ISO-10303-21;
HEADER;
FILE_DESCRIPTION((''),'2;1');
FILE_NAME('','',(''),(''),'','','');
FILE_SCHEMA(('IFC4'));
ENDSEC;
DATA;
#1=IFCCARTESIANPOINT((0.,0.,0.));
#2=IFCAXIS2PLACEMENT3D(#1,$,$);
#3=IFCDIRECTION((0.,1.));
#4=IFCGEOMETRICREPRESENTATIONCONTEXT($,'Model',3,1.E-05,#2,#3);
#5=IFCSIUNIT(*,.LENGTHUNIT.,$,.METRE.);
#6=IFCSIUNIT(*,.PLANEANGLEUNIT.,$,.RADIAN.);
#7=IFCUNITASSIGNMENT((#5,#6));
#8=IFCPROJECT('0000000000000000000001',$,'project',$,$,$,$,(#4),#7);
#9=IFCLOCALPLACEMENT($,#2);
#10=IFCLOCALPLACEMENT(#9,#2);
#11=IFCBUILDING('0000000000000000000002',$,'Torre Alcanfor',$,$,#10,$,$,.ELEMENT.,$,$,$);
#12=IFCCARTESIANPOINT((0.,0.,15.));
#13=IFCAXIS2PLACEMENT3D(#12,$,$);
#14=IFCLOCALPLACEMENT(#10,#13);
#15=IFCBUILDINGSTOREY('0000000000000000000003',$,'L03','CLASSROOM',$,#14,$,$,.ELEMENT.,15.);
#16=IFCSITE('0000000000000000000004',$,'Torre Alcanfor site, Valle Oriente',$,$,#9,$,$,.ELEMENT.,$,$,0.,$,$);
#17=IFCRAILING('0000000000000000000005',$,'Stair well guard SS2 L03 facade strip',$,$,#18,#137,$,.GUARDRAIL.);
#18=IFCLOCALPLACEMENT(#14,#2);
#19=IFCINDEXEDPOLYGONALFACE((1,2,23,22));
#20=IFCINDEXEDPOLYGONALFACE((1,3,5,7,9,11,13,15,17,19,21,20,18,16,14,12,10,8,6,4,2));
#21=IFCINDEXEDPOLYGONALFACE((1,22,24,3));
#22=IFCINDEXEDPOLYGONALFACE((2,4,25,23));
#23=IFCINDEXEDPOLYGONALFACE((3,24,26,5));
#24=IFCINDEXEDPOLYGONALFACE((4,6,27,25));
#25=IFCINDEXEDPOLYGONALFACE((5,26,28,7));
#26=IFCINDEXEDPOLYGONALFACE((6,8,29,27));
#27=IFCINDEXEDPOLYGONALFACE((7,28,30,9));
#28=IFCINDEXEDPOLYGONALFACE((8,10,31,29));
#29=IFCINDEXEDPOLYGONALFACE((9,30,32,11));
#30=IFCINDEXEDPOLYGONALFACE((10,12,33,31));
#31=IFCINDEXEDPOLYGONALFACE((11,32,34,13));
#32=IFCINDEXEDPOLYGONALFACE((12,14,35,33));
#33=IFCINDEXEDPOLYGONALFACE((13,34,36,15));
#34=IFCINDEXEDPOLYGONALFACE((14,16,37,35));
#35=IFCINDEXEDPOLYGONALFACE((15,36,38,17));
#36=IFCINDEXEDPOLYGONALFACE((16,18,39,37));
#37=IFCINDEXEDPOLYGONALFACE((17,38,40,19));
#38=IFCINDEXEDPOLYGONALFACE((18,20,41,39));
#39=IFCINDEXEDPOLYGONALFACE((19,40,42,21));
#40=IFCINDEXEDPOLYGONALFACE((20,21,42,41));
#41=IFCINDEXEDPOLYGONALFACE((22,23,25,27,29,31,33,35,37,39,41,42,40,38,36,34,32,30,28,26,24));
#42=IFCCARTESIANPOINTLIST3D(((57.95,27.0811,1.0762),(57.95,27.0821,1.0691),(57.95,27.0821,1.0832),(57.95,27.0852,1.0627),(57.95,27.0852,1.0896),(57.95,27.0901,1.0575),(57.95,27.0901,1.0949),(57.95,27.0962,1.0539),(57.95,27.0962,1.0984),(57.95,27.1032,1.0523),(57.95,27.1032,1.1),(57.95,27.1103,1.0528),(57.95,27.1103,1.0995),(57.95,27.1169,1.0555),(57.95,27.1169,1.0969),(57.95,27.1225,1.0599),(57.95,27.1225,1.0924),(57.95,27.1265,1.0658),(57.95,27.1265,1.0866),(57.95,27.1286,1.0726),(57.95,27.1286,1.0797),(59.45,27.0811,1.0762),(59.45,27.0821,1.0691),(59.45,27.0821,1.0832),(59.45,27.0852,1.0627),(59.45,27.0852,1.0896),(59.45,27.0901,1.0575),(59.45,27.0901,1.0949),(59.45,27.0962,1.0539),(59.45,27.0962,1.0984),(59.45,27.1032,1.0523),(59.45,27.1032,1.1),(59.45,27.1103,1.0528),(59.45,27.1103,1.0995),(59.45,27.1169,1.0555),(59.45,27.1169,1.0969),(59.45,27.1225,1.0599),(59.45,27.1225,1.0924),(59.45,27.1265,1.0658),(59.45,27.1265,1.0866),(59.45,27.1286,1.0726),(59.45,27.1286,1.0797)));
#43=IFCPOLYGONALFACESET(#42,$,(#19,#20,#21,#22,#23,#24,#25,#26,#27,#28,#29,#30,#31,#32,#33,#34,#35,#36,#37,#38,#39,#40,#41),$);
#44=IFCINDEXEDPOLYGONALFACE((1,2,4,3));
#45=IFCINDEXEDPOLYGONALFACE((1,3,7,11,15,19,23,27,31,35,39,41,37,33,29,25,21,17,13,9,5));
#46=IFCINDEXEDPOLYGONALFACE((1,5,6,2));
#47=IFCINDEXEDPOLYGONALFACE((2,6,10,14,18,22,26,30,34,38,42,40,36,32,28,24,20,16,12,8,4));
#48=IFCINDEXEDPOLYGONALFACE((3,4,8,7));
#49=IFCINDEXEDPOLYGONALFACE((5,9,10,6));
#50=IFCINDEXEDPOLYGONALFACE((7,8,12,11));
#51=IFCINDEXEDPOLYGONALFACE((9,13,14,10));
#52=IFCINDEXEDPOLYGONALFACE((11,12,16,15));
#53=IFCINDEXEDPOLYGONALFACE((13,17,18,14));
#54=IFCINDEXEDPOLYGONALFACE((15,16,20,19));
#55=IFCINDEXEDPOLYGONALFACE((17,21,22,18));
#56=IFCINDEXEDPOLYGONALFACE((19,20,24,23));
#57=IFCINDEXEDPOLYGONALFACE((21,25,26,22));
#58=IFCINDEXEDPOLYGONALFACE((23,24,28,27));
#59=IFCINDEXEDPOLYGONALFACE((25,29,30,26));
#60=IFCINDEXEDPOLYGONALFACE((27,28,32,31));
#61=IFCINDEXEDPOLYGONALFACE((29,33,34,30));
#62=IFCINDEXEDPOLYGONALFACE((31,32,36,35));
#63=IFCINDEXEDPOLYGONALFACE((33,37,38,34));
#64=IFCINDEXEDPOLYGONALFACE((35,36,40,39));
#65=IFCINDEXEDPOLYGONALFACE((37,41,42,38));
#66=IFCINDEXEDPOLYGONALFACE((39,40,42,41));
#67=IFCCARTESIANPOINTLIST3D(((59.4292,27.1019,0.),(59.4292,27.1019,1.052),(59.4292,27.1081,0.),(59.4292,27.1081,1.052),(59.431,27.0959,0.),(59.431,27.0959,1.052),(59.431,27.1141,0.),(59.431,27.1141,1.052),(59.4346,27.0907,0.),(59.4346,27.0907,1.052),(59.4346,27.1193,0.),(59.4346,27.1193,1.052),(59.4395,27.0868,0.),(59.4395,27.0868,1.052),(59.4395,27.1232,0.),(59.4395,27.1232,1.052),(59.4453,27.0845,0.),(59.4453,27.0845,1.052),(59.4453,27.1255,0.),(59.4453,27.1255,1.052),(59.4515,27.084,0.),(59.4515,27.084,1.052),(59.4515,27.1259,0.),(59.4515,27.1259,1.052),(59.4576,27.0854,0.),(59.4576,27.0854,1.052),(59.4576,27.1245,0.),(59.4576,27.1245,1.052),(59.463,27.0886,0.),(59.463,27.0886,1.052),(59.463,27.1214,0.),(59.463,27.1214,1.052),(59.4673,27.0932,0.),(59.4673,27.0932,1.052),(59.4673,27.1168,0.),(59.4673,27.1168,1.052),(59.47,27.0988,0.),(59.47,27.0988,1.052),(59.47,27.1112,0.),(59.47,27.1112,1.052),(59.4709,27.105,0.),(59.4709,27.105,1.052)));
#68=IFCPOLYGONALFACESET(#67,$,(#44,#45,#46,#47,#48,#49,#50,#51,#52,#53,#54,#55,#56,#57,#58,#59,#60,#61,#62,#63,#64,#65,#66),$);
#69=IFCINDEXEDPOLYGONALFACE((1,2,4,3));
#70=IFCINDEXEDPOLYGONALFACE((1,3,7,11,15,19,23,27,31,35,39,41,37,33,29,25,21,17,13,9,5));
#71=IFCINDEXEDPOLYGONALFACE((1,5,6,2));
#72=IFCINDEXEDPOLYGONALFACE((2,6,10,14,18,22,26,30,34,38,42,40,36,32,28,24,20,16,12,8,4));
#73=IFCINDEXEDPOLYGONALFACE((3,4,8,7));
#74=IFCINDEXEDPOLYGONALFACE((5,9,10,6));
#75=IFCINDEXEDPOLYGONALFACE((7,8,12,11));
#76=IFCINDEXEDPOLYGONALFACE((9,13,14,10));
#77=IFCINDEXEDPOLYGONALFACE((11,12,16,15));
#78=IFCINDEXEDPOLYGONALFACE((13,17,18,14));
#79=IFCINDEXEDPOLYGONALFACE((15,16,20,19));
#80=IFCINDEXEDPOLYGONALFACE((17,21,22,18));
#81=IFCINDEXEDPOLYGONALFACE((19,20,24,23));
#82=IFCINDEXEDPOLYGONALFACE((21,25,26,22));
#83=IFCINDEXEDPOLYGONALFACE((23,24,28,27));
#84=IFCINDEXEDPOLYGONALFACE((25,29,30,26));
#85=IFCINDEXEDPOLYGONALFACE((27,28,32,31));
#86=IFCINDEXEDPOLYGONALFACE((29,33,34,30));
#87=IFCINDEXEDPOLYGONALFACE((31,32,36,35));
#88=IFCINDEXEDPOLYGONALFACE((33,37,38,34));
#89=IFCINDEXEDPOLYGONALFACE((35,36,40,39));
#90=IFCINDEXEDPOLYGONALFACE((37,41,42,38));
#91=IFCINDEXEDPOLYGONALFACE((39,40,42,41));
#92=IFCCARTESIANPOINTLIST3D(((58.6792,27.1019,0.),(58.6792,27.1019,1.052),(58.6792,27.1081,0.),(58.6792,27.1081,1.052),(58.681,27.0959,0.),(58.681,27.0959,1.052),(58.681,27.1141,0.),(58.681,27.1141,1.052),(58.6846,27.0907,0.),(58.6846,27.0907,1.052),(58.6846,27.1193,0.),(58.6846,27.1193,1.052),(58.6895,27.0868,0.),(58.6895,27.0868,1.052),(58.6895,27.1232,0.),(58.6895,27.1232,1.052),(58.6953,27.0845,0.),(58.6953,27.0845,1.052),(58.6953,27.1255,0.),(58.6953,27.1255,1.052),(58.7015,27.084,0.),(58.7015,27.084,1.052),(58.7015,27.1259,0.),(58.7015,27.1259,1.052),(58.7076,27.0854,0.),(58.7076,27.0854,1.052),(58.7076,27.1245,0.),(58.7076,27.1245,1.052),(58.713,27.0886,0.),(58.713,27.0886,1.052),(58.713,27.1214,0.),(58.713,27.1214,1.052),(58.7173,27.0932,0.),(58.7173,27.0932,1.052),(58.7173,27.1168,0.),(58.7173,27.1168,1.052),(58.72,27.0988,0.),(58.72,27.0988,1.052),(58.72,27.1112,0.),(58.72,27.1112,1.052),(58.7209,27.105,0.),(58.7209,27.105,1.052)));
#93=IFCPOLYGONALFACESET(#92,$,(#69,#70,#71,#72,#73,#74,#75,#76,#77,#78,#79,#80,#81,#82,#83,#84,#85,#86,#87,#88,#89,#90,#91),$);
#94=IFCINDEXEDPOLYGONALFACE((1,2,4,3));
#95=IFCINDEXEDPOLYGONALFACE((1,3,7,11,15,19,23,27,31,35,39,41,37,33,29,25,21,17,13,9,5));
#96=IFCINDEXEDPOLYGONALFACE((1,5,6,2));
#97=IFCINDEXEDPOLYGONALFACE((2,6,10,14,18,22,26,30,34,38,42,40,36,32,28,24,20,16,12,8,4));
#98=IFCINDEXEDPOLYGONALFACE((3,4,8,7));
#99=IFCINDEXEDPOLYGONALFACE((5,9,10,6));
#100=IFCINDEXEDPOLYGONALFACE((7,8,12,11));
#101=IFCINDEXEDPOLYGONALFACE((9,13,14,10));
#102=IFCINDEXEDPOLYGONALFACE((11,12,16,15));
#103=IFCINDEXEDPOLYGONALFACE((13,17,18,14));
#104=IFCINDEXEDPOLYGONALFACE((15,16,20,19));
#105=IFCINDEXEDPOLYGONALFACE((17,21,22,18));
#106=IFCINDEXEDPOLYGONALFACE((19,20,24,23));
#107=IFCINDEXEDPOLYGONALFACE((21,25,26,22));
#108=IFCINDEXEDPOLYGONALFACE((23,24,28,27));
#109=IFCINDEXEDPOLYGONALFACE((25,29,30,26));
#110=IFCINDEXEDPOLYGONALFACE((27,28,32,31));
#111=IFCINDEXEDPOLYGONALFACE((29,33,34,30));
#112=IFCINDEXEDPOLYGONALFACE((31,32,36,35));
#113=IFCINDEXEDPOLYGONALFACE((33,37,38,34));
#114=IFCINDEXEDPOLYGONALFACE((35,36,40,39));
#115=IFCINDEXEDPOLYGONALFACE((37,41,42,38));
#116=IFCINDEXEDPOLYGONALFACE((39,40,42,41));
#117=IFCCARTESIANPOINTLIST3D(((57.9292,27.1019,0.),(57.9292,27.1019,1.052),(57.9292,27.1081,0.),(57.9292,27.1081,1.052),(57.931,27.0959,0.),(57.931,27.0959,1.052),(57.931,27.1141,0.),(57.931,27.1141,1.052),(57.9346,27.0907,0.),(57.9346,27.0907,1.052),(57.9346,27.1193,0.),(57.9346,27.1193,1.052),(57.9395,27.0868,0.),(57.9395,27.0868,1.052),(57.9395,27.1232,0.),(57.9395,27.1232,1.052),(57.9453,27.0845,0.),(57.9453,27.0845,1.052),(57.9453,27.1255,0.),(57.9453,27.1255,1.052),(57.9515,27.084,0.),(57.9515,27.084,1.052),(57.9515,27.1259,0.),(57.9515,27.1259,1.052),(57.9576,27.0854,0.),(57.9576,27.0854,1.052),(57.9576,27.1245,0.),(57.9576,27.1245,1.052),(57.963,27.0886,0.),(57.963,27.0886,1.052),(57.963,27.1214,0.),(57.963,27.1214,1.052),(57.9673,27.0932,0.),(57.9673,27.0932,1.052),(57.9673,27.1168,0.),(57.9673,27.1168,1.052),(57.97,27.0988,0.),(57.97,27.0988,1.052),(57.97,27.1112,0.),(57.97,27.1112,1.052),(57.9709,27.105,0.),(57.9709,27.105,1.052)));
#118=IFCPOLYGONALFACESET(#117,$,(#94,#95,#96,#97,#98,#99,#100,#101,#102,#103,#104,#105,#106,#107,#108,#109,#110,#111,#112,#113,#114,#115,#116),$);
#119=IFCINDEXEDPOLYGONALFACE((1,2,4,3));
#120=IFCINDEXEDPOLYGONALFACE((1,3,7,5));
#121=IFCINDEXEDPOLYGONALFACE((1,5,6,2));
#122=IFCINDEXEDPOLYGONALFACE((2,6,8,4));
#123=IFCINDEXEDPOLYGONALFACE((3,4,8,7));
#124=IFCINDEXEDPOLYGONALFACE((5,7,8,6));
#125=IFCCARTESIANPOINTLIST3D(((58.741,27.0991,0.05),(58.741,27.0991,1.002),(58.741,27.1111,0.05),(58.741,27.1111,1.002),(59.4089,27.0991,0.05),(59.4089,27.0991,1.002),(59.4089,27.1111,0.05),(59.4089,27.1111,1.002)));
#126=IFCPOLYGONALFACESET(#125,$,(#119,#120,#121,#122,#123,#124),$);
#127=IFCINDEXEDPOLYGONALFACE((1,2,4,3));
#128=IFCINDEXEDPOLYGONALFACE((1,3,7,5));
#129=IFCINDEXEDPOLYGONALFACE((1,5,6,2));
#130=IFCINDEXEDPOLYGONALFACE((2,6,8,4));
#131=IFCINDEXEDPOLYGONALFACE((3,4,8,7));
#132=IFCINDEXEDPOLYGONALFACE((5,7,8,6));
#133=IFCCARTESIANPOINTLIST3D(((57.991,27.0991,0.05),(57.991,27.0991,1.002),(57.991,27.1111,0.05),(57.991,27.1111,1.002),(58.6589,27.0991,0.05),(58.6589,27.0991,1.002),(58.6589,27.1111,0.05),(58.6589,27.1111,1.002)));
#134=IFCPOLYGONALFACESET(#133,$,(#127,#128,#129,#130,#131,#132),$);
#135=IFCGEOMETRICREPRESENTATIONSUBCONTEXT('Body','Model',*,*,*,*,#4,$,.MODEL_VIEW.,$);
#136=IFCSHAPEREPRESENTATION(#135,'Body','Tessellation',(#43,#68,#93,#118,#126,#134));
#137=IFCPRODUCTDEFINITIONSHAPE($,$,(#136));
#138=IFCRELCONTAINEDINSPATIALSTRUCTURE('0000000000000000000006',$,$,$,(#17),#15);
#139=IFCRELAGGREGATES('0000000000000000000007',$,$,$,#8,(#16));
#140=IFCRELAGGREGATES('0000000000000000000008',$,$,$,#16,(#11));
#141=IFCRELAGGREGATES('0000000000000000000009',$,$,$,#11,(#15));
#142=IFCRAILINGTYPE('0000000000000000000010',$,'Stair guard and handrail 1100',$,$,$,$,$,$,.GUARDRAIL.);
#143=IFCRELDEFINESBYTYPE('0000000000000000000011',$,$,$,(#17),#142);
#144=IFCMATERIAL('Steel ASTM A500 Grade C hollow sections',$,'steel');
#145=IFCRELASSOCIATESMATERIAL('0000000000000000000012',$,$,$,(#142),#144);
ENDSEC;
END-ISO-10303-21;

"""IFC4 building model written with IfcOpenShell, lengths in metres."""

from ifc_helpers import new_model, si_unit, direction, frame, origin, origin_2d, place, context, subcontext, project, spatial, polyline, circle, outline, extrude, material, type_object, element, save


model = new_model("IFC4")

# Units and contexts
model_context = context("Model", 3, precision=1e-05, world=origin(), true_north=direction((0.0, 1.0)))
body_context = subcontext(model_context, "Body", "Model", "MODEL_VIEW")
ifc_project = project(units=[si_unit("LENGTHUNIT", "METRE"), si_unit("PLANEANGLEUNIT", "RADIAN")], contexts=[model_context])

# Site, building, storey
site_placement = place(None, origin())
site = spatial("IfcSite", under=ifc_project, at=site_placement, Name="Torre Alcanfor site, Valle Oriente", CompositionType="ELEMENT", RefElevation=0.0)
building_placement = place(site_placement, origin())
building = spatial("IfcBuilding", under=site, at=building_placement, Name="Torre Alcanfor", CompositionType="ELEMENT")
storey_placement = place(building_placement, frame((0.0, 0.0, 15.0)))
storey = spatial("IfcBuildingStorey", under=building, at=storey_placement, Name="L03", Description="CLASSROOM", CompositionType="ELEMENT", Elevation=15.0)

# Railing
ifc_material_1 = material(Name="Steel ASTM A500 Grade C hollow sections", Category="steel")
railing_type_1 = type_object("IfcRailingType", Name="Stair guard and handrail 1100", PredefinedType="GUARDRAIL", material=ifc_material_1)
railing_1_placement = place(storey_placement, frame((59.45, 27.105, 0.0)))
element("IfcRailing", 1, at=railing_1_placement, inside=storey, type_object=railing_type_1, Name="Stair well guard SS2 L03 facade strip", PredefinedType="GUARDRAIL", context=body_context, shape_type="SweptSolid", body=[
    extrude(circle(Radius=0.0239, at=origin_2d()), frame((0.0, 0.0, 1.0762), z_axis=(-1.0, 0.0, 0.0), x_axis=(0.0, -1.0, 0.0)), (0.0, 0.0, 1.0), 1.5),
    extrude(circle(Radius=0.021, at=origin_2d()), origin(), (0.0, 0.0, 1.0), 1.052),
    extrude(circle(Radius=0.021, at=origin_2d()), frame((-0.75, 0.0, 0.0)), (0.0, 0.0, 1.0), 1.052),
    extrude(circle(Radius=0.021, at=origin_2d()), frame((-1.5, 0.0, 0.0)), (0.0, 0.0, 1.0), 1.052),
    extrude(outline(polyline([(0.041, 0.05), (0.709, 0.05), (0.709, 1.002), (0.041, 1.002), (0.041, 0.05)])), frame((0.0, -0.0059, 0.0), z_axis=(0.0, 1.0, 0.0), x_axis=(-1.0, 0.0, 0.0)), (0.0, 0.0, 1.0), 0.012),
    extrude(outline(polyline([(0.791, 0.05), (1.459, 0.05), (1.459, 1.002), (0.791, 1.002), (0.791, 0.05)])), frame((0.0, -0.0059, 0.0), z_axis=(0.0, 1.0, 0.0), x_axis=(-1.0, 0.0, 0.0)), (0.0, 0.0, 1.0), 0.012),
])

save(model, "model.ifc")
